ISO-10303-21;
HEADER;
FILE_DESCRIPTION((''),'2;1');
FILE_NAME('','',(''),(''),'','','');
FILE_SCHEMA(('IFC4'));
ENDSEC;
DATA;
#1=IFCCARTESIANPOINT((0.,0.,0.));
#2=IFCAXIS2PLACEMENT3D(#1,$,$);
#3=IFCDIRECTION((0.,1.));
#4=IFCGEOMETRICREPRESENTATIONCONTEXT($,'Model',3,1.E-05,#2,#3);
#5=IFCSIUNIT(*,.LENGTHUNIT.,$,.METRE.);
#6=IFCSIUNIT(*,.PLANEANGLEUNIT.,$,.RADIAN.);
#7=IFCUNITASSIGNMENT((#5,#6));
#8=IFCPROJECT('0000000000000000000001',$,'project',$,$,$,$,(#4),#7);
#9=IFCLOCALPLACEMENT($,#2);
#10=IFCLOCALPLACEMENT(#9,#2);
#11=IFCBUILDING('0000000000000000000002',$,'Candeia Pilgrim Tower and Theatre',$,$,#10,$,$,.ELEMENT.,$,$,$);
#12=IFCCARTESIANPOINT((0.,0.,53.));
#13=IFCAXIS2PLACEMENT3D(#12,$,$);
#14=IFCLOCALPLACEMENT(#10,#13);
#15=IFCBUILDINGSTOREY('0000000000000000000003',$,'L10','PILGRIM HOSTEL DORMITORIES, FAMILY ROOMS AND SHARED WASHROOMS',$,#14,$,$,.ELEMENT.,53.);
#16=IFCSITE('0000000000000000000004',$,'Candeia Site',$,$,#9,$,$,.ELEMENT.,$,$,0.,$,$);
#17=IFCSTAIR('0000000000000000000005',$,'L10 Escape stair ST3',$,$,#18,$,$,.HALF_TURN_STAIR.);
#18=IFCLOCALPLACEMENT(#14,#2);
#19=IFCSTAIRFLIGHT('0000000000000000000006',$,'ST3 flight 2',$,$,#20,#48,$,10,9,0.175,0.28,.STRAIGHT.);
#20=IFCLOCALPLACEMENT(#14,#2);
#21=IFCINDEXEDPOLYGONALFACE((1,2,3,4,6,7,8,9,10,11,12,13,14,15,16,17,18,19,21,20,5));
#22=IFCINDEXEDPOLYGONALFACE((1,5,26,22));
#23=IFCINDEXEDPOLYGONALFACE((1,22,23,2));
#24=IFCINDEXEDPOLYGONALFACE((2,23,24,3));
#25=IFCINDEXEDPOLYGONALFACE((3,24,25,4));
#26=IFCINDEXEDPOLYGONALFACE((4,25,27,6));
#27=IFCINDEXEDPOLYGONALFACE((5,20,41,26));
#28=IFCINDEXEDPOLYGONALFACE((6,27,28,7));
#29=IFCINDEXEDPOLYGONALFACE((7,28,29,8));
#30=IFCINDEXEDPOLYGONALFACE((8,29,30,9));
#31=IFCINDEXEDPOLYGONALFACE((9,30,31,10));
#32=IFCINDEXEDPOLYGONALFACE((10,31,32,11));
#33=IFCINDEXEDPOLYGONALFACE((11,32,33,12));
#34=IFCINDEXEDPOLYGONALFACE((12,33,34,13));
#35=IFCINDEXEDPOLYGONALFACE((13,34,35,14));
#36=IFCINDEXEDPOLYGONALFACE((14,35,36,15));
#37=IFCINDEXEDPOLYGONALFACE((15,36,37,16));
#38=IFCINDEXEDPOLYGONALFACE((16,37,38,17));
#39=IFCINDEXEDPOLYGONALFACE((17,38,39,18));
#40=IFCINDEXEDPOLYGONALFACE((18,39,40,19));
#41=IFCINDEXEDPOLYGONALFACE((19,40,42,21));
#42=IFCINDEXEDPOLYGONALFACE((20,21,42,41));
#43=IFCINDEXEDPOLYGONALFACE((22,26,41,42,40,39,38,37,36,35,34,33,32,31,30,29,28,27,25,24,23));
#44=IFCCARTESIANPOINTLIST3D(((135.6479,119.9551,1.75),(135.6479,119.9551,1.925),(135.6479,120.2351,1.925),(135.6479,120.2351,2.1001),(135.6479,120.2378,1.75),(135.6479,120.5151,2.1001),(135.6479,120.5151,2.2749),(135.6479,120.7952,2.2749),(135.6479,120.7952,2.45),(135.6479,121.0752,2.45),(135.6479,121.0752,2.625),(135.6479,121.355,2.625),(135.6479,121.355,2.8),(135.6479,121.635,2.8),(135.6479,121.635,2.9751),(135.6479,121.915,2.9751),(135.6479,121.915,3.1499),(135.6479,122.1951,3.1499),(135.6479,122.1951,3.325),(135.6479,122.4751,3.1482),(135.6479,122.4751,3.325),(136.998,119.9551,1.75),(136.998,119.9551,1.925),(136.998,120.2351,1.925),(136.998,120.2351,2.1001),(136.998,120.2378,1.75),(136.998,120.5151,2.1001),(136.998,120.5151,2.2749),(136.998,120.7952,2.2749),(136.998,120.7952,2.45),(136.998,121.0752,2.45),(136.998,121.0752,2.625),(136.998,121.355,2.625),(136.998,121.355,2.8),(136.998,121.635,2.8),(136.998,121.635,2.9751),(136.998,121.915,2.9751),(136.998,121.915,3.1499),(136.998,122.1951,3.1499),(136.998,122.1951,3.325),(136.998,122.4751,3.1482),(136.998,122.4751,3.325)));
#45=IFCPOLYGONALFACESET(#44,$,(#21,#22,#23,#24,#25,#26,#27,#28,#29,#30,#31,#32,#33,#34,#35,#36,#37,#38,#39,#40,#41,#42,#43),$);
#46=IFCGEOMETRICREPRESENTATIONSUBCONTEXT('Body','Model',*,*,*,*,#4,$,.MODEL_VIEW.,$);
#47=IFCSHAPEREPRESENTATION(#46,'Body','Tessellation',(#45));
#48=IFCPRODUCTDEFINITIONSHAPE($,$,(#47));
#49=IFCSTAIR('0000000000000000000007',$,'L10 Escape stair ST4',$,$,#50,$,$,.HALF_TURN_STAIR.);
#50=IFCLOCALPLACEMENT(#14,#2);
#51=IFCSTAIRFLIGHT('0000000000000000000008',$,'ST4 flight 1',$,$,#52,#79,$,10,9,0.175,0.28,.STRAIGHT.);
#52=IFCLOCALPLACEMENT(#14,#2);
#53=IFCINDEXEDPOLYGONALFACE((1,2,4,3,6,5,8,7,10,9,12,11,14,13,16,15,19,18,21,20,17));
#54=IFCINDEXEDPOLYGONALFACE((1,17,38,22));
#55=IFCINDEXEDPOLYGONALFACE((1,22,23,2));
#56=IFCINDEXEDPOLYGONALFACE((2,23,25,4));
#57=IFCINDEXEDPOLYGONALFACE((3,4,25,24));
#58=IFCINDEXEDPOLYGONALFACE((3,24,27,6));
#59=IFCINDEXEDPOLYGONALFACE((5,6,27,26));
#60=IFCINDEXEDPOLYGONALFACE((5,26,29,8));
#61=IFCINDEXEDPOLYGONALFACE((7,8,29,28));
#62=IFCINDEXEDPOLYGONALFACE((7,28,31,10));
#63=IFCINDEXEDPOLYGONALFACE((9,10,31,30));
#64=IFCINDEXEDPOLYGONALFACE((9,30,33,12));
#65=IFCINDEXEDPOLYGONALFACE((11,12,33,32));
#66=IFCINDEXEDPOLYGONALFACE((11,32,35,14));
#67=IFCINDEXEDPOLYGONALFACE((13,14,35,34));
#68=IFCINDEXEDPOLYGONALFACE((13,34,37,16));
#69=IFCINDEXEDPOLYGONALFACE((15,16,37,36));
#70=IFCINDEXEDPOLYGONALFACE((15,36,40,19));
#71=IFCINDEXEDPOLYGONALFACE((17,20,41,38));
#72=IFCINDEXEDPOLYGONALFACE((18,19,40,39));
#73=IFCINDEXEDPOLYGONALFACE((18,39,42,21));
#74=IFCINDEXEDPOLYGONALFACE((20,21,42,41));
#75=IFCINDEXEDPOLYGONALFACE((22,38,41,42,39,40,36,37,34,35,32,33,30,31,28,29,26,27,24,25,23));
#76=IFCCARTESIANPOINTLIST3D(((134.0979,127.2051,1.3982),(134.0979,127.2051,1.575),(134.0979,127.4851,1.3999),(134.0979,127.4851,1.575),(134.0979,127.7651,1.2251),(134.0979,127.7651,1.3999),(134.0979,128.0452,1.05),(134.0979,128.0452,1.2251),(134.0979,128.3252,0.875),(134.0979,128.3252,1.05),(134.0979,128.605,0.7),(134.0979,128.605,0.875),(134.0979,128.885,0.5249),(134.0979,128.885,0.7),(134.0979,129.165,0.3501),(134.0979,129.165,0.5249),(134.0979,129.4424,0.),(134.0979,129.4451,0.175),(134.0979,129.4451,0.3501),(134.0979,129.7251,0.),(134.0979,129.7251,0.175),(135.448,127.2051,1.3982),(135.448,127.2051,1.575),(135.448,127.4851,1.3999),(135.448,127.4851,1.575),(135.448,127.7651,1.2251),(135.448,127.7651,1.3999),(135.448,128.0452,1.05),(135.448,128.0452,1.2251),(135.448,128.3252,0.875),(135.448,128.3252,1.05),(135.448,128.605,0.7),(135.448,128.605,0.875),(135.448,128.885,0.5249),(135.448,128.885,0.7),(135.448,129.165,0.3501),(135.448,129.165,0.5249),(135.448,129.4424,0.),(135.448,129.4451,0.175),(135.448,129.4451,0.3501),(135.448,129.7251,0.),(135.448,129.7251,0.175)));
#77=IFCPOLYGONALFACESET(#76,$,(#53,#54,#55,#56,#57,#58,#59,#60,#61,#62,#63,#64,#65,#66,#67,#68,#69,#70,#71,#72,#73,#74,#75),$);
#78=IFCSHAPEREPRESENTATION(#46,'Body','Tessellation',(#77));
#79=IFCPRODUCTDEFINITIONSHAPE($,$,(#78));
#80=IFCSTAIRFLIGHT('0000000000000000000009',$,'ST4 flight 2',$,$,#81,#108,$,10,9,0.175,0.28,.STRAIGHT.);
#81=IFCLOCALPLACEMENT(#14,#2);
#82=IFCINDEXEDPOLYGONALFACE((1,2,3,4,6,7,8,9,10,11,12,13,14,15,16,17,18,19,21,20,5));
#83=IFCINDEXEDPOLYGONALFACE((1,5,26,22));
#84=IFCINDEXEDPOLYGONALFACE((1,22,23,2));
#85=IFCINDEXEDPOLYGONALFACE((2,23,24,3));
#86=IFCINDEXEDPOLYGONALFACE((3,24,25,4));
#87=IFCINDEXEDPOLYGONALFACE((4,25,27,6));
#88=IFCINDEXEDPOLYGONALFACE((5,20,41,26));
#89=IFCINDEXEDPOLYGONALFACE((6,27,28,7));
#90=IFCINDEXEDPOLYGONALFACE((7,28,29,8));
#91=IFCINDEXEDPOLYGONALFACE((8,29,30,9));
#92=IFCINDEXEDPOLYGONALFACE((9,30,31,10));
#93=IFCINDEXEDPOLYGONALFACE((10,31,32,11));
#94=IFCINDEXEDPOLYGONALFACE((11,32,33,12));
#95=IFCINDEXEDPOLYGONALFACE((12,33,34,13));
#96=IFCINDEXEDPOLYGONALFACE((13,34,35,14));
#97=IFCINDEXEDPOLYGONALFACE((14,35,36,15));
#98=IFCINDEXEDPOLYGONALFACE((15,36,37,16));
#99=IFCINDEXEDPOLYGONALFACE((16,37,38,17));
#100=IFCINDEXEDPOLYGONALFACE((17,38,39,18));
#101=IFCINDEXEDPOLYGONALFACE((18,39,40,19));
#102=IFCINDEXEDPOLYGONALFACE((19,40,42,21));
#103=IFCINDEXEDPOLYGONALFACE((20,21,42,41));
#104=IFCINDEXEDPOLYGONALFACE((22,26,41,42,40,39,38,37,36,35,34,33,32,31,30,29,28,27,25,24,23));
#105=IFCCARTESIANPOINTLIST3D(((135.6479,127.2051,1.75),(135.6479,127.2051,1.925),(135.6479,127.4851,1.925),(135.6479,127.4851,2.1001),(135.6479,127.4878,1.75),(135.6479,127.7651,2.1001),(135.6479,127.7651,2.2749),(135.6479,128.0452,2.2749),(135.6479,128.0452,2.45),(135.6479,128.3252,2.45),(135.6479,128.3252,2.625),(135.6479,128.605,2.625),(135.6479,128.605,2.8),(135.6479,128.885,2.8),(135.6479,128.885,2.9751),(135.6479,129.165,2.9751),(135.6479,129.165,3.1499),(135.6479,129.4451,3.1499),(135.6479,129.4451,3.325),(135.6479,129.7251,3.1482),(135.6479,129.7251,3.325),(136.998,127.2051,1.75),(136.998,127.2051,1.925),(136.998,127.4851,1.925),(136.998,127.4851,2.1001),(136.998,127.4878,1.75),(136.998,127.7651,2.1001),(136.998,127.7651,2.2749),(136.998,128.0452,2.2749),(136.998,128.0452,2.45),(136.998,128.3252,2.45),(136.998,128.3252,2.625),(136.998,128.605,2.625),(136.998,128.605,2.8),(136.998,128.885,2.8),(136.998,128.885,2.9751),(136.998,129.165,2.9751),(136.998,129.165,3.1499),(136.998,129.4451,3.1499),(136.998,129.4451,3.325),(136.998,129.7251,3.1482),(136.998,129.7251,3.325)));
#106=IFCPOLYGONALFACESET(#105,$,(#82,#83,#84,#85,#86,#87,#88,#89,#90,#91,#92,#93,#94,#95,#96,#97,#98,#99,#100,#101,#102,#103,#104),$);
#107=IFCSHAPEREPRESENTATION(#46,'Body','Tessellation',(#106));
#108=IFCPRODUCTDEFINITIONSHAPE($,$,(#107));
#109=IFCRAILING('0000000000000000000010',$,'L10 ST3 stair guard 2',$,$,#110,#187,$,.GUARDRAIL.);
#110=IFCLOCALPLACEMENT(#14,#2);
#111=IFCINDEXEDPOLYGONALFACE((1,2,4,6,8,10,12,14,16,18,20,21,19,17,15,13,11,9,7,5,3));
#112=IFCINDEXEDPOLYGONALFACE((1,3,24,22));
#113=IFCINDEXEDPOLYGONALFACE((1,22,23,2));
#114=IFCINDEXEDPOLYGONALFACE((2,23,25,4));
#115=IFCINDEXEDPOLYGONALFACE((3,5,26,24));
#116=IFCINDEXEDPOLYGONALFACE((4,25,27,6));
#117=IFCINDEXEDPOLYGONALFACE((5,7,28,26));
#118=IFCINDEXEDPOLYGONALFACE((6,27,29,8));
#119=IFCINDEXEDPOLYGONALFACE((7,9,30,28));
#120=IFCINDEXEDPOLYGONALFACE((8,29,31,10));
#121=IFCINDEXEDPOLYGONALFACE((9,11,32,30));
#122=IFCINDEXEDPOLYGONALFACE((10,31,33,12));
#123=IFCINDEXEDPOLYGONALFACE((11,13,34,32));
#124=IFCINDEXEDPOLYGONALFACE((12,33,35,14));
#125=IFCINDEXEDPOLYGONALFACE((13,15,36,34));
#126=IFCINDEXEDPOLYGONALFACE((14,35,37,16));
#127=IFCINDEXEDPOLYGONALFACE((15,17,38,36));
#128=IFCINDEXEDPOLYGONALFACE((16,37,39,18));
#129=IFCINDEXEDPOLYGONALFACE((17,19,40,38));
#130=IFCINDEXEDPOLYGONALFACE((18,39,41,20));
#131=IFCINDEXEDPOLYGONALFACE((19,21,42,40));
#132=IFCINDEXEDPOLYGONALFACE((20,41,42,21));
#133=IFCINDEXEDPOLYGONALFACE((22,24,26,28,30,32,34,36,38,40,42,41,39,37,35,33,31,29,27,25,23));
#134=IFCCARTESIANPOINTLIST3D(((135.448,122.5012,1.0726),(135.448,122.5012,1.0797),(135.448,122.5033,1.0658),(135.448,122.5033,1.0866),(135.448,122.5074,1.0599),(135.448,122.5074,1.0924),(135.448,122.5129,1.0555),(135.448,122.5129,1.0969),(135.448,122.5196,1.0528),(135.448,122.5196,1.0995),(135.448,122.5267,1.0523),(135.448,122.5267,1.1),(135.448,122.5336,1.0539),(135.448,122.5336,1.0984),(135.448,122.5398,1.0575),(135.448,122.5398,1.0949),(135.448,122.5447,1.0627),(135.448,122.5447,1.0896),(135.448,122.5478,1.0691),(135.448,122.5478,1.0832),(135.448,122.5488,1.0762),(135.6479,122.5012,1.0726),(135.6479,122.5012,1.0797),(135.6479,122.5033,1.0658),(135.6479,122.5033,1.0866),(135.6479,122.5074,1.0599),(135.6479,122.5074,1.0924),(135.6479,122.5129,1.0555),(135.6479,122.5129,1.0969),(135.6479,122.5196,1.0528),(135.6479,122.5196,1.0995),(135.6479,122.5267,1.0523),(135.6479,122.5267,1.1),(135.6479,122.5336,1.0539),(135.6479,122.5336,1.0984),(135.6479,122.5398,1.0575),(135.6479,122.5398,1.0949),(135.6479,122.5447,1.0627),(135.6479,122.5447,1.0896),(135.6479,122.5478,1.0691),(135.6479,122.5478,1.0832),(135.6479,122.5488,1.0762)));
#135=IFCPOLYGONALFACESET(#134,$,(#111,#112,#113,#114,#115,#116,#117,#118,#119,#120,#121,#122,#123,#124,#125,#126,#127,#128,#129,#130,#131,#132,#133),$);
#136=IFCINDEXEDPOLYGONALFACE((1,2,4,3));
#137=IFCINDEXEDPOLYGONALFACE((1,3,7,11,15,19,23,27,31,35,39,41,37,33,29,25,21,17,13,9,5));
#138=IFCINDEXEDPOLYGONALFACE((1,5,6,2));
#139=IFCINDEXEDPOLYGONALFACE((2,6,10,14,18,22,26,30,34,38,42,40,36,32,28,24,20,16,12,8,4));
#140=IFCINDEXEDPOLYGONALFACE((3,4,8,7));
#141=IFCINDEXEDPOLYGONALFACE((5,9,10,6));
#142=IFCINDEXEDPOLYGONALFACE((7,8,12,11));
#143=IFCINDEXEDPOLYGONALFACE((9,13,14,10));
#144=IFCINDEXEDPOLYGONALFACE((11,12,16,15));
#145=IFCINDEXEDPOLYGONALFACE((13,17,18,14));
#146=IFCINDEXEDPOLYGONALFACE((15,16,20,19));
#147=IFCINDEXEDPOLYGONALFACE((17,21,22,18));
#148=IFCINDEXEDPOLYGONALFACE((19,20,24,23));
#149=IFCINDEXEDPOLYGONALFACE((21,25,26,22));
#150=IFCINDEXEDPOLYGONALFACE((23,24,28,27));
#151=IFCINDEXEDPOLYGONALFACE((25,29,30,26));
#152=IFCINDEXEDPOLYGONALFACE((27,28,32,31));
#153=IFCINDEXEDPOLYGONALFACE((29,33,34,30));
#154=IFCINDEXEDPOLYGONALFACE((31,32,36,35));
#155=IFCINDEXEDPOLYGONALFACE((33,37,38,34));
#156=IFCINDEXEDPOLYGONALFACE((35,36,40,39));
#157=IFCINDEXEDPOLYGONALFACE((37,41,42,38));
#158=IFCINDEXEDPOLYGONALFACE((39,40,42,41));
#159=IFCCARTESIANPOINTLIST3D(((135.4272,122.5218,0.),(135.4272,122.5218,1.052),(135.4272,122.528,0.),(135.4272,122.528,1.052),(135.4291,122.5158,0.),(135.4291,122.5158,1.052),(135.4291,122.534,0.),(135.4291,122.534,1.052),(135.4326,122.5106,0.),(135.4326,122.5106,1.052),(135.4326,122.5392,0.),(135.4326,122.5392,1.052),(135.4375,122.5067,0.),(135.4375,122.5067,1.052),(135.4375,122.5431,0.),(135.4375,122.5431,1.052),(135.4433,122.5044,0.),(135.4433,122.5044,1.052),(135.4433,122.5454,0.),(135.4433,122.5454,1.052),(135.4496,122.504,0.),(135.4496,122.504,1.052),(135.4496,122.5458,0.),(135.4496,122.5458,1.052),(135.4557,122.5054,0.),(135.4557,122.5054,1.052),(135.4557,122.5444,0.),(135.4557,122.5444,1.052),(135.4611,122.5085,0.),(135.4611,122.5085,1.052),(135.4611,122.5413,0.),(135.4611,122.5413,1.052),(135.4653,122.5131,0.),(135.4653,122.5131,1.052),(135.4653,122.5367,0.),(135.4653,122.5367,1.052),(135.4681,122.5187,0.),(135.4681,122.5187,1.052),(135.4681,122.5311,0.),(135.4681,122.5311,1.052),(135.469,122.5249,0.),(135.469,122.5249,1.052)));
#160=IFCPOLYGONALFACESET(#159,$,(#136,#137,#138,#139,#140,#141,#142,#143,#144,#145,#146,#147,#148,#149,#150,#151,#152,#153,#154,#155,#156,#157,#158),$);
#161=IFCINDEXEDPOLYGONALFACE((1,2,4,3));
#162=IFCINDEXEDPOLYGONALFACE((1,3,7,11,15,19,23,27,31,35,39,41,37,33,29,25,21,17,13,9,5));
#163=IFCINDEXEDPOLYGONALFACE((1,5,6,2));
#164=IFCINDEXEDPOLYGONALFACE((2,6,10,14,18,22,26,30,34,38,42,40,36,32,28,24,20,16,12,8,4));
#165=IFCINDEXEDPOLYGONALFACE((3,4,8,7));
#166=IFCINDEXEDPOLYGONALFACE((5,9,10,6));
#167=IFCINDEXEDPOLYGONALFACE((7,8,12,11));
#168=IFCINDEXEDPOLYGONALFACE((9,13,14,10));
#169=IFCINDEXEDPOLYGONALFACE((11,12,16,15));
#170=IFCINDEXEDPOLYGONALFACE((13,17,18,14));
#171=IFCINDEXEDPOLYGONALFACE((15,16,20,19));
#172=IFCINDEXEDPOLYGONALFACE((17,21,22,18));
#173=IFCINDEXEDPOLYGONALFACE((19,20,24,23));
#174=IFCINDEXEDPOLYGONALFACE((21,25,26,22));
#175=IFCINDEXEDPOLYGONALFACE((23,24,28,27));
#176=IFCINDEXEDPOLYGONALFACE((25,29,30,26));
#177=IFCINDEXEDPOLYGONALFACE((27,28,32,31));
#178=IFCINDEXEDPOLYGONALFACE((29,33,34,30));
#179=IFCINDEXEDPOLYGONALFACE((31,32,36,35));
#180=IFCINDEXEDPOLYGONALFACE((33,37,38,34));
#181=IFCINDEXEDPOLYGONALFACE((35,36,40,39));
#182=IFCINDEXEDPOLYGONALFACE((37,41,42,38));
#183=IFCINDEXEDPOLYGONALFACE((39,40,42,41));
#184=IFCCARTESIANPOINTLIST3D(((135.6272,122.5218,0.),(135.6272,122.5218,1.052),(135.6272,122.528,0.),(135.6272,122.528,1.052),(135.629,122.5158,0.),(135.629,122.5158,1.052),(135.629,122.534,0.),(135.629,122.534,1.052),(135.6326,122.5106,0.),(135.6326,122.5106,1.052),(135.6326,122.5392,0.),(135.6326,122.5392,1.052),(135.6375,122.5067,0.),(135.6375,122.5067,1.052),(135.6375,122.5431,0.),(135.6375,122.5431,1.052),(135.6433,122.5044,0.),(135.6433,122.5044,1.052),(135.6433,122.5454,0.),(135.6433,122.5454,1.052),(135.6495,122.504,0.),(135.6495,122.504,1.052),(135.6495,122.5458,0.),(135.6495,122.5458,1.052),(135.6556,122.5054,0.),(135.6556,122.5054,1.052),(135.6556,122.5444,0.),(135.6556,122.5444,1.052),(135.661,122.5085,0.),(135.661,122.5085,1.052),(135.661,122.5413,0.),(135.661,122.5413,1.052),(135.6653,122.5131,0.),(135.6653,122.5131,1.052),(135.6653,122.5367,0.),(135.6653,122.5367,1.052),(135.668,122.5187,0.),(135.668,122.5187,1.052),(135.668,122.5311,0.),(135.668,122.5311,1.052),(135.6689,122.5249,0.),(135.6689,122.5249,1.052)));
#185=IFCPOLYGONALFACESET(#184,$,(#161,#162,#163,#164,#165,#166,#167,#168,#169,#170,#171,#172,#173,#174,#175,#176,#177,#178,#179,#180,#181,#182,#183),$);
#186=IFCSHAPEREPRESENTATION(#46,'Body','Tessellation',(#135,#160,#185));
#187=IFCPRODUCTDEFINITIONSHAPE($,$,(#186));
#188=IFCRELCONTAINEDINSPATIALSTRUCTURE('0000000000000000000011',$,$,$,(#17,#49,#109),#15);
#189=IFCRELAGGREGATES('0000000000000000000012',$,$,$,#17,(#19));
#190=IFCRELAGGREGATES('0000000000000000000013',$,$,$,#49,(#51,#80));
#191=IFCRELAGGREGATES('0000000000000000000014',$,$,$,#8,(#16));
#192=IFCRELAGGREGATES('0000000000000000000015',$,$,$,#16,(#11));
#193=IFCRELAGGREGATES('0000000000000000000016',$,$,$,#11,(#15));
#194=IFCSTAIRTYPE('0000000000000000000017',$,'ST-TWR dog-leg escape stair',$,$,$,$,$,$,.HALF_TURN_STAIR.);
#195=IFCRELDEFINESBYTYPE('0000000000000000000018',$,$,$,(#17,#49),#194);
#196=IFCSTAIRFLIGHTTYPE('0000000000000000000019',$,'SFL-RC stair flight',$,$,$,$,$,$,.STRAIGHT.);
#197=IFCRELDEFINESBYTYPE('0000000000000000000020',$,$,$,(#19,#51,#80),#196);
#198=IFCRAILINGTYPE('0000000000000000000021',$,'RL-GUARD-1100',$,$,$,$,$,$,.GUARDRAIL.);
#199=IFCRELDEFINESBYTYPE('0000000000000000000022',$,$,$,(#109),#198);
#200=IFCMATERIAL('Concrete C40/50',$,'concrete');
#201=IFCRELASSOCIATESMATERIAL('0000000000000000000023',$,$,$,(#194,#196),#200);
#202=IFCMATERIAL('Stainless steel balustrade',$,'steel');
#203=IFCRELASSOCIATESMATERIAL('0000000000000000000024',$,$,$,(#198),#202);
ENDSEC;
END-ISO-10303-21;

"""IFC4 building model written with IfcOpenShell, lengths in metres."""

from ifc_helpers import new_model, si_unit, direction, frame, origin, origin_2d, place, context, subcontext, project, spatial, polyline, circle, outline, extrude, material, type_object, element, aggregate, save


model = new_model("IFC4")

# Units and contexts
model_context = context("Model", 3, precision=1e-05, world=origin(), true_north=direction((0.0, 1.0)))
body_context = subcontext(model_context, "Body", "Model", "MODEL_VIEW")
ifc_project = project(units=[si_unit("LENGTHUNIT", "METRE"), si_unit("PLANEANGLEUNIT", "RADIAN")], contexts=[model_context])

# Site, building, storey
site_placement = place(None, origin())
site = spatial("IfcSite", under=ifc_project, at=site_placement, Name="Candeia Site", CompositionType="ELEMENT", RefElevation=0.0)
building_placement = place(site_placement, origin())
building = spatial("IfcBuilding", under=site, at=building_placement, Name="Candeia Pilgrim Tower and Theatre", CompositionType="ELEMENT")
storey_placement = place(building_placement, frame((0.0, 0.0, 53.0)))
storey = spatial("IfcBuildingStorey", under=building, at=storey_placement, Name="L10", Description="PILGRIM HOSTEL DORMITORIES, FAMILY ROOMS AND SHARED WASHROOMS", CompositionType="ELEMENT", Elevation=53.0)

# Shared definitions
ifc_material_1 = material(Name="Concrete C40/50", Category="concrete")

# Stairs, stair flights
stair_type = type_object("IfcStairType", Name="ST-TWR dog-leg escape stair", PredefinedType="HALF_TURN_STAIR", material=ifc_material_1)
stair_1_placement = place(storey_placement, origin())
stair_1 = element("IfcStair", 1, at=stair_1_placement, inside=storey, type_object=stair_type, Name="L10 Escape stair ST3", PredefinedType="HALF_TURN_STAIR")
stair_flight_type = type_object("IfcStairFlightType", Name="SFL-RC stair flight", PredefinedType="STRAIGHT", material=ifc_material_1)
stair_flight_1_placement = place(storey_placement, frame((136.323, 119.9551, 1.75), z_axis=(0.0, 0.0, 1.0), x_axis=(0.0, 1.0, 0.0)))
stair_flight_1 = element("IfcStairFlight", 2, at=stair_flight_1_placement, type_object=stair_flight_type, Name="ST3 flight 2", NumberOfRisers=10, NumberOfTreads=9, PredefinedType="STRAIGHT", RiserHeight=0.175, TreadLength=0.28, context=body_context, shape_type="SweptSolid", body=[
    extrude(outline(polyline([(0.0, 0.0), (0.0, 0.175), (0.28, 0.175), (0.28, 0.3501), (0.5601, 0.3501), (0.5601, 0.5249), (0.8401, 0.5249), (0.8401, 0.7), (1.1201, 0.7), (1.1201, 0.875), (1.3999, 0.875), (1.3999, 1.05), (1.6799, 1.05), (1.6799, 1.2251), (1.96, 1.2251), (1.96, 1.3999), (2.24, 1.3999), (2.24, 1.575), (2.52, 1.575), (2.52, 1.75), (2.52, 1.3982), (0.2827, 0.0), (0.0, 0.0)])), frame((0.0, 0.675, 0.0), z_axis=(0.0, -1.0, 0.0), x_axis=(1.0, 0.0, 0.0)), (0.0, 0.0, 1.0), 1.3501),
])
aggregate(stair_1, [stair_flight_1])
stair_2_placement = place(storey_placement, origin())
stair_2 = element("IfcStair", 3, at=stair_2_placement, inside=storey, type_object=stair_type, Name="L10 Escape stair ST4", PredefinedType="HALF_TURN_STAIR")
stair_flight_2_placement = place(storey_placement, frame((134.7729, 129.7251, 0.0), z_axis=(0.0, 0.0, 1.0), x_axis=(0.0, -1.0, 0.0)))
stair_flight_2 = element("IfcStairFlight", 4, at=stair_flight_2_placement, type_object=stair_flight_type, Name="ST4 flight 1", NumberOfRisers=10, NumberOfTreads=9, PredefinedType="STRAIGHT", RiserHeight=0.175, TreadLength=0.28, context=body_context, shape_type="SweptSolid", body=[
    extrude(outline(polyline([(0.0, 0.0), (0.0, 0.175), (0.28, 0.175), (0.28, 0.3501), (0.5601, 0.3501), (0.5601, 0.5249), (0.8401, 0.5249), (0.8401, 0.7), (1.1201, 0.7), (1.1201, 0.875), (1.3999, 0.875), (1.3999, 1.05), (1.6799, 1.05), (1.6799, 1.2251), (1.96, 1.2251), (1.96, 1.3999), (2.24, 1.3999), (2.24, 1.575), (2.52, 1.575), (2.52, 1.75), (2.52, 1.3982), (0.2827, 0.0), (0.0, 0.0)])), frame((0.0, 0.675, 0.0), z_axis=(0.0, -1.0, 0.0), x_axis=(1.0, 0.0, 0.0)), (0.0, 0.0, 1.0), 1.3501),
])
stair_flight_3_placement = place(storey_placement, frame((136.323, 127.2051, 1.75), z_axis=(0.0, 0.0, 1.0), x_axis=(0.0, 1.0, 0.0)))
stair_flight_3 = element("IfcStairFlight", 5, at=stair_flight_3_placement, type_object=stair_flight_type, Name="ST4 flight 2", NumberOfRisers=10, NumberOfTreads=9, PredefinedType="STRAIGHT", RiserHeight=0.175, TreadLength=0.28, context=body_context, shape_type="SweptSolid", body=[
    extrude(outline(polyline([(0.0, 0.0), (0.0, 0.175), (0.28, 0.175), (0.28, 0.3501), (0.5601, 0.3501), (0.5601, 0.5249), (0.8401, 0.5249), (0.8401, 0.7), (1.1201, 0.7), (1.1201, 0.875), (1.3999, 0.875), (1.3999, 1.05), (1.6799, 1.05), (1.6799, 1.2251), (1.96, 1.2251), (1.96, 1.3999), (2.24, 1.3999), (2.24, 1.575), (2.52, 1.575), (2.52, 1.75), (2.52, 1.3982), (0.2827, 0.0), (0.0, 0.0)])), frame((0.0, 0.675, 0.0), z_axis=(0.0, -1.0, 0.0), x_axis=(1.0, 0.0, 0.0)), (0.0, 0.0, 1.0), 1.3501),
])
aggregate(stair_2, [stair_flight_2, stair_flight_3])

# Railing
ifc_material_2 = material(Name="Stainless steel balustrade", Category="steel")
railing_type_1 = type_object("IfcRailingType", Name="RL-GUARD-1100", PredefinedType="GUARDRAIL", material=ifc_material_2)
railing_1_placement = place(storey_placement, frame((135.448, 122.5249, 0.0)))
element("IfcRailing", 6, at=railing_1_placement, inside=storey, type_object=railing_type_1, Name="L10 ST3 stair guard 2", PredefinedType="GUARDRAIL", context=body_context, shape_type="SweptSolid", body=[
    extrude(circle(Radius=0.0239, at=origin_2d()), frame((0.0, 0.0, 1.0762), z_axis=(1.0, 0.0, 0.0), x_axis=(0.0, 1.0, 0.0)), (0.0, 0.0, 1.0), 0.2),
    extrude(circle(Radius=0.021, at=origin_2d()), origin(), (0.0, 0.0, 1.0), 1.052),
    extrude(circle(Radius=0.021, at=origin_2d()), frame((0.2, 0.0, 0.0)), (0.0, 0.0, 1.0), 1.052),
])

save(model, "model.ifc")
